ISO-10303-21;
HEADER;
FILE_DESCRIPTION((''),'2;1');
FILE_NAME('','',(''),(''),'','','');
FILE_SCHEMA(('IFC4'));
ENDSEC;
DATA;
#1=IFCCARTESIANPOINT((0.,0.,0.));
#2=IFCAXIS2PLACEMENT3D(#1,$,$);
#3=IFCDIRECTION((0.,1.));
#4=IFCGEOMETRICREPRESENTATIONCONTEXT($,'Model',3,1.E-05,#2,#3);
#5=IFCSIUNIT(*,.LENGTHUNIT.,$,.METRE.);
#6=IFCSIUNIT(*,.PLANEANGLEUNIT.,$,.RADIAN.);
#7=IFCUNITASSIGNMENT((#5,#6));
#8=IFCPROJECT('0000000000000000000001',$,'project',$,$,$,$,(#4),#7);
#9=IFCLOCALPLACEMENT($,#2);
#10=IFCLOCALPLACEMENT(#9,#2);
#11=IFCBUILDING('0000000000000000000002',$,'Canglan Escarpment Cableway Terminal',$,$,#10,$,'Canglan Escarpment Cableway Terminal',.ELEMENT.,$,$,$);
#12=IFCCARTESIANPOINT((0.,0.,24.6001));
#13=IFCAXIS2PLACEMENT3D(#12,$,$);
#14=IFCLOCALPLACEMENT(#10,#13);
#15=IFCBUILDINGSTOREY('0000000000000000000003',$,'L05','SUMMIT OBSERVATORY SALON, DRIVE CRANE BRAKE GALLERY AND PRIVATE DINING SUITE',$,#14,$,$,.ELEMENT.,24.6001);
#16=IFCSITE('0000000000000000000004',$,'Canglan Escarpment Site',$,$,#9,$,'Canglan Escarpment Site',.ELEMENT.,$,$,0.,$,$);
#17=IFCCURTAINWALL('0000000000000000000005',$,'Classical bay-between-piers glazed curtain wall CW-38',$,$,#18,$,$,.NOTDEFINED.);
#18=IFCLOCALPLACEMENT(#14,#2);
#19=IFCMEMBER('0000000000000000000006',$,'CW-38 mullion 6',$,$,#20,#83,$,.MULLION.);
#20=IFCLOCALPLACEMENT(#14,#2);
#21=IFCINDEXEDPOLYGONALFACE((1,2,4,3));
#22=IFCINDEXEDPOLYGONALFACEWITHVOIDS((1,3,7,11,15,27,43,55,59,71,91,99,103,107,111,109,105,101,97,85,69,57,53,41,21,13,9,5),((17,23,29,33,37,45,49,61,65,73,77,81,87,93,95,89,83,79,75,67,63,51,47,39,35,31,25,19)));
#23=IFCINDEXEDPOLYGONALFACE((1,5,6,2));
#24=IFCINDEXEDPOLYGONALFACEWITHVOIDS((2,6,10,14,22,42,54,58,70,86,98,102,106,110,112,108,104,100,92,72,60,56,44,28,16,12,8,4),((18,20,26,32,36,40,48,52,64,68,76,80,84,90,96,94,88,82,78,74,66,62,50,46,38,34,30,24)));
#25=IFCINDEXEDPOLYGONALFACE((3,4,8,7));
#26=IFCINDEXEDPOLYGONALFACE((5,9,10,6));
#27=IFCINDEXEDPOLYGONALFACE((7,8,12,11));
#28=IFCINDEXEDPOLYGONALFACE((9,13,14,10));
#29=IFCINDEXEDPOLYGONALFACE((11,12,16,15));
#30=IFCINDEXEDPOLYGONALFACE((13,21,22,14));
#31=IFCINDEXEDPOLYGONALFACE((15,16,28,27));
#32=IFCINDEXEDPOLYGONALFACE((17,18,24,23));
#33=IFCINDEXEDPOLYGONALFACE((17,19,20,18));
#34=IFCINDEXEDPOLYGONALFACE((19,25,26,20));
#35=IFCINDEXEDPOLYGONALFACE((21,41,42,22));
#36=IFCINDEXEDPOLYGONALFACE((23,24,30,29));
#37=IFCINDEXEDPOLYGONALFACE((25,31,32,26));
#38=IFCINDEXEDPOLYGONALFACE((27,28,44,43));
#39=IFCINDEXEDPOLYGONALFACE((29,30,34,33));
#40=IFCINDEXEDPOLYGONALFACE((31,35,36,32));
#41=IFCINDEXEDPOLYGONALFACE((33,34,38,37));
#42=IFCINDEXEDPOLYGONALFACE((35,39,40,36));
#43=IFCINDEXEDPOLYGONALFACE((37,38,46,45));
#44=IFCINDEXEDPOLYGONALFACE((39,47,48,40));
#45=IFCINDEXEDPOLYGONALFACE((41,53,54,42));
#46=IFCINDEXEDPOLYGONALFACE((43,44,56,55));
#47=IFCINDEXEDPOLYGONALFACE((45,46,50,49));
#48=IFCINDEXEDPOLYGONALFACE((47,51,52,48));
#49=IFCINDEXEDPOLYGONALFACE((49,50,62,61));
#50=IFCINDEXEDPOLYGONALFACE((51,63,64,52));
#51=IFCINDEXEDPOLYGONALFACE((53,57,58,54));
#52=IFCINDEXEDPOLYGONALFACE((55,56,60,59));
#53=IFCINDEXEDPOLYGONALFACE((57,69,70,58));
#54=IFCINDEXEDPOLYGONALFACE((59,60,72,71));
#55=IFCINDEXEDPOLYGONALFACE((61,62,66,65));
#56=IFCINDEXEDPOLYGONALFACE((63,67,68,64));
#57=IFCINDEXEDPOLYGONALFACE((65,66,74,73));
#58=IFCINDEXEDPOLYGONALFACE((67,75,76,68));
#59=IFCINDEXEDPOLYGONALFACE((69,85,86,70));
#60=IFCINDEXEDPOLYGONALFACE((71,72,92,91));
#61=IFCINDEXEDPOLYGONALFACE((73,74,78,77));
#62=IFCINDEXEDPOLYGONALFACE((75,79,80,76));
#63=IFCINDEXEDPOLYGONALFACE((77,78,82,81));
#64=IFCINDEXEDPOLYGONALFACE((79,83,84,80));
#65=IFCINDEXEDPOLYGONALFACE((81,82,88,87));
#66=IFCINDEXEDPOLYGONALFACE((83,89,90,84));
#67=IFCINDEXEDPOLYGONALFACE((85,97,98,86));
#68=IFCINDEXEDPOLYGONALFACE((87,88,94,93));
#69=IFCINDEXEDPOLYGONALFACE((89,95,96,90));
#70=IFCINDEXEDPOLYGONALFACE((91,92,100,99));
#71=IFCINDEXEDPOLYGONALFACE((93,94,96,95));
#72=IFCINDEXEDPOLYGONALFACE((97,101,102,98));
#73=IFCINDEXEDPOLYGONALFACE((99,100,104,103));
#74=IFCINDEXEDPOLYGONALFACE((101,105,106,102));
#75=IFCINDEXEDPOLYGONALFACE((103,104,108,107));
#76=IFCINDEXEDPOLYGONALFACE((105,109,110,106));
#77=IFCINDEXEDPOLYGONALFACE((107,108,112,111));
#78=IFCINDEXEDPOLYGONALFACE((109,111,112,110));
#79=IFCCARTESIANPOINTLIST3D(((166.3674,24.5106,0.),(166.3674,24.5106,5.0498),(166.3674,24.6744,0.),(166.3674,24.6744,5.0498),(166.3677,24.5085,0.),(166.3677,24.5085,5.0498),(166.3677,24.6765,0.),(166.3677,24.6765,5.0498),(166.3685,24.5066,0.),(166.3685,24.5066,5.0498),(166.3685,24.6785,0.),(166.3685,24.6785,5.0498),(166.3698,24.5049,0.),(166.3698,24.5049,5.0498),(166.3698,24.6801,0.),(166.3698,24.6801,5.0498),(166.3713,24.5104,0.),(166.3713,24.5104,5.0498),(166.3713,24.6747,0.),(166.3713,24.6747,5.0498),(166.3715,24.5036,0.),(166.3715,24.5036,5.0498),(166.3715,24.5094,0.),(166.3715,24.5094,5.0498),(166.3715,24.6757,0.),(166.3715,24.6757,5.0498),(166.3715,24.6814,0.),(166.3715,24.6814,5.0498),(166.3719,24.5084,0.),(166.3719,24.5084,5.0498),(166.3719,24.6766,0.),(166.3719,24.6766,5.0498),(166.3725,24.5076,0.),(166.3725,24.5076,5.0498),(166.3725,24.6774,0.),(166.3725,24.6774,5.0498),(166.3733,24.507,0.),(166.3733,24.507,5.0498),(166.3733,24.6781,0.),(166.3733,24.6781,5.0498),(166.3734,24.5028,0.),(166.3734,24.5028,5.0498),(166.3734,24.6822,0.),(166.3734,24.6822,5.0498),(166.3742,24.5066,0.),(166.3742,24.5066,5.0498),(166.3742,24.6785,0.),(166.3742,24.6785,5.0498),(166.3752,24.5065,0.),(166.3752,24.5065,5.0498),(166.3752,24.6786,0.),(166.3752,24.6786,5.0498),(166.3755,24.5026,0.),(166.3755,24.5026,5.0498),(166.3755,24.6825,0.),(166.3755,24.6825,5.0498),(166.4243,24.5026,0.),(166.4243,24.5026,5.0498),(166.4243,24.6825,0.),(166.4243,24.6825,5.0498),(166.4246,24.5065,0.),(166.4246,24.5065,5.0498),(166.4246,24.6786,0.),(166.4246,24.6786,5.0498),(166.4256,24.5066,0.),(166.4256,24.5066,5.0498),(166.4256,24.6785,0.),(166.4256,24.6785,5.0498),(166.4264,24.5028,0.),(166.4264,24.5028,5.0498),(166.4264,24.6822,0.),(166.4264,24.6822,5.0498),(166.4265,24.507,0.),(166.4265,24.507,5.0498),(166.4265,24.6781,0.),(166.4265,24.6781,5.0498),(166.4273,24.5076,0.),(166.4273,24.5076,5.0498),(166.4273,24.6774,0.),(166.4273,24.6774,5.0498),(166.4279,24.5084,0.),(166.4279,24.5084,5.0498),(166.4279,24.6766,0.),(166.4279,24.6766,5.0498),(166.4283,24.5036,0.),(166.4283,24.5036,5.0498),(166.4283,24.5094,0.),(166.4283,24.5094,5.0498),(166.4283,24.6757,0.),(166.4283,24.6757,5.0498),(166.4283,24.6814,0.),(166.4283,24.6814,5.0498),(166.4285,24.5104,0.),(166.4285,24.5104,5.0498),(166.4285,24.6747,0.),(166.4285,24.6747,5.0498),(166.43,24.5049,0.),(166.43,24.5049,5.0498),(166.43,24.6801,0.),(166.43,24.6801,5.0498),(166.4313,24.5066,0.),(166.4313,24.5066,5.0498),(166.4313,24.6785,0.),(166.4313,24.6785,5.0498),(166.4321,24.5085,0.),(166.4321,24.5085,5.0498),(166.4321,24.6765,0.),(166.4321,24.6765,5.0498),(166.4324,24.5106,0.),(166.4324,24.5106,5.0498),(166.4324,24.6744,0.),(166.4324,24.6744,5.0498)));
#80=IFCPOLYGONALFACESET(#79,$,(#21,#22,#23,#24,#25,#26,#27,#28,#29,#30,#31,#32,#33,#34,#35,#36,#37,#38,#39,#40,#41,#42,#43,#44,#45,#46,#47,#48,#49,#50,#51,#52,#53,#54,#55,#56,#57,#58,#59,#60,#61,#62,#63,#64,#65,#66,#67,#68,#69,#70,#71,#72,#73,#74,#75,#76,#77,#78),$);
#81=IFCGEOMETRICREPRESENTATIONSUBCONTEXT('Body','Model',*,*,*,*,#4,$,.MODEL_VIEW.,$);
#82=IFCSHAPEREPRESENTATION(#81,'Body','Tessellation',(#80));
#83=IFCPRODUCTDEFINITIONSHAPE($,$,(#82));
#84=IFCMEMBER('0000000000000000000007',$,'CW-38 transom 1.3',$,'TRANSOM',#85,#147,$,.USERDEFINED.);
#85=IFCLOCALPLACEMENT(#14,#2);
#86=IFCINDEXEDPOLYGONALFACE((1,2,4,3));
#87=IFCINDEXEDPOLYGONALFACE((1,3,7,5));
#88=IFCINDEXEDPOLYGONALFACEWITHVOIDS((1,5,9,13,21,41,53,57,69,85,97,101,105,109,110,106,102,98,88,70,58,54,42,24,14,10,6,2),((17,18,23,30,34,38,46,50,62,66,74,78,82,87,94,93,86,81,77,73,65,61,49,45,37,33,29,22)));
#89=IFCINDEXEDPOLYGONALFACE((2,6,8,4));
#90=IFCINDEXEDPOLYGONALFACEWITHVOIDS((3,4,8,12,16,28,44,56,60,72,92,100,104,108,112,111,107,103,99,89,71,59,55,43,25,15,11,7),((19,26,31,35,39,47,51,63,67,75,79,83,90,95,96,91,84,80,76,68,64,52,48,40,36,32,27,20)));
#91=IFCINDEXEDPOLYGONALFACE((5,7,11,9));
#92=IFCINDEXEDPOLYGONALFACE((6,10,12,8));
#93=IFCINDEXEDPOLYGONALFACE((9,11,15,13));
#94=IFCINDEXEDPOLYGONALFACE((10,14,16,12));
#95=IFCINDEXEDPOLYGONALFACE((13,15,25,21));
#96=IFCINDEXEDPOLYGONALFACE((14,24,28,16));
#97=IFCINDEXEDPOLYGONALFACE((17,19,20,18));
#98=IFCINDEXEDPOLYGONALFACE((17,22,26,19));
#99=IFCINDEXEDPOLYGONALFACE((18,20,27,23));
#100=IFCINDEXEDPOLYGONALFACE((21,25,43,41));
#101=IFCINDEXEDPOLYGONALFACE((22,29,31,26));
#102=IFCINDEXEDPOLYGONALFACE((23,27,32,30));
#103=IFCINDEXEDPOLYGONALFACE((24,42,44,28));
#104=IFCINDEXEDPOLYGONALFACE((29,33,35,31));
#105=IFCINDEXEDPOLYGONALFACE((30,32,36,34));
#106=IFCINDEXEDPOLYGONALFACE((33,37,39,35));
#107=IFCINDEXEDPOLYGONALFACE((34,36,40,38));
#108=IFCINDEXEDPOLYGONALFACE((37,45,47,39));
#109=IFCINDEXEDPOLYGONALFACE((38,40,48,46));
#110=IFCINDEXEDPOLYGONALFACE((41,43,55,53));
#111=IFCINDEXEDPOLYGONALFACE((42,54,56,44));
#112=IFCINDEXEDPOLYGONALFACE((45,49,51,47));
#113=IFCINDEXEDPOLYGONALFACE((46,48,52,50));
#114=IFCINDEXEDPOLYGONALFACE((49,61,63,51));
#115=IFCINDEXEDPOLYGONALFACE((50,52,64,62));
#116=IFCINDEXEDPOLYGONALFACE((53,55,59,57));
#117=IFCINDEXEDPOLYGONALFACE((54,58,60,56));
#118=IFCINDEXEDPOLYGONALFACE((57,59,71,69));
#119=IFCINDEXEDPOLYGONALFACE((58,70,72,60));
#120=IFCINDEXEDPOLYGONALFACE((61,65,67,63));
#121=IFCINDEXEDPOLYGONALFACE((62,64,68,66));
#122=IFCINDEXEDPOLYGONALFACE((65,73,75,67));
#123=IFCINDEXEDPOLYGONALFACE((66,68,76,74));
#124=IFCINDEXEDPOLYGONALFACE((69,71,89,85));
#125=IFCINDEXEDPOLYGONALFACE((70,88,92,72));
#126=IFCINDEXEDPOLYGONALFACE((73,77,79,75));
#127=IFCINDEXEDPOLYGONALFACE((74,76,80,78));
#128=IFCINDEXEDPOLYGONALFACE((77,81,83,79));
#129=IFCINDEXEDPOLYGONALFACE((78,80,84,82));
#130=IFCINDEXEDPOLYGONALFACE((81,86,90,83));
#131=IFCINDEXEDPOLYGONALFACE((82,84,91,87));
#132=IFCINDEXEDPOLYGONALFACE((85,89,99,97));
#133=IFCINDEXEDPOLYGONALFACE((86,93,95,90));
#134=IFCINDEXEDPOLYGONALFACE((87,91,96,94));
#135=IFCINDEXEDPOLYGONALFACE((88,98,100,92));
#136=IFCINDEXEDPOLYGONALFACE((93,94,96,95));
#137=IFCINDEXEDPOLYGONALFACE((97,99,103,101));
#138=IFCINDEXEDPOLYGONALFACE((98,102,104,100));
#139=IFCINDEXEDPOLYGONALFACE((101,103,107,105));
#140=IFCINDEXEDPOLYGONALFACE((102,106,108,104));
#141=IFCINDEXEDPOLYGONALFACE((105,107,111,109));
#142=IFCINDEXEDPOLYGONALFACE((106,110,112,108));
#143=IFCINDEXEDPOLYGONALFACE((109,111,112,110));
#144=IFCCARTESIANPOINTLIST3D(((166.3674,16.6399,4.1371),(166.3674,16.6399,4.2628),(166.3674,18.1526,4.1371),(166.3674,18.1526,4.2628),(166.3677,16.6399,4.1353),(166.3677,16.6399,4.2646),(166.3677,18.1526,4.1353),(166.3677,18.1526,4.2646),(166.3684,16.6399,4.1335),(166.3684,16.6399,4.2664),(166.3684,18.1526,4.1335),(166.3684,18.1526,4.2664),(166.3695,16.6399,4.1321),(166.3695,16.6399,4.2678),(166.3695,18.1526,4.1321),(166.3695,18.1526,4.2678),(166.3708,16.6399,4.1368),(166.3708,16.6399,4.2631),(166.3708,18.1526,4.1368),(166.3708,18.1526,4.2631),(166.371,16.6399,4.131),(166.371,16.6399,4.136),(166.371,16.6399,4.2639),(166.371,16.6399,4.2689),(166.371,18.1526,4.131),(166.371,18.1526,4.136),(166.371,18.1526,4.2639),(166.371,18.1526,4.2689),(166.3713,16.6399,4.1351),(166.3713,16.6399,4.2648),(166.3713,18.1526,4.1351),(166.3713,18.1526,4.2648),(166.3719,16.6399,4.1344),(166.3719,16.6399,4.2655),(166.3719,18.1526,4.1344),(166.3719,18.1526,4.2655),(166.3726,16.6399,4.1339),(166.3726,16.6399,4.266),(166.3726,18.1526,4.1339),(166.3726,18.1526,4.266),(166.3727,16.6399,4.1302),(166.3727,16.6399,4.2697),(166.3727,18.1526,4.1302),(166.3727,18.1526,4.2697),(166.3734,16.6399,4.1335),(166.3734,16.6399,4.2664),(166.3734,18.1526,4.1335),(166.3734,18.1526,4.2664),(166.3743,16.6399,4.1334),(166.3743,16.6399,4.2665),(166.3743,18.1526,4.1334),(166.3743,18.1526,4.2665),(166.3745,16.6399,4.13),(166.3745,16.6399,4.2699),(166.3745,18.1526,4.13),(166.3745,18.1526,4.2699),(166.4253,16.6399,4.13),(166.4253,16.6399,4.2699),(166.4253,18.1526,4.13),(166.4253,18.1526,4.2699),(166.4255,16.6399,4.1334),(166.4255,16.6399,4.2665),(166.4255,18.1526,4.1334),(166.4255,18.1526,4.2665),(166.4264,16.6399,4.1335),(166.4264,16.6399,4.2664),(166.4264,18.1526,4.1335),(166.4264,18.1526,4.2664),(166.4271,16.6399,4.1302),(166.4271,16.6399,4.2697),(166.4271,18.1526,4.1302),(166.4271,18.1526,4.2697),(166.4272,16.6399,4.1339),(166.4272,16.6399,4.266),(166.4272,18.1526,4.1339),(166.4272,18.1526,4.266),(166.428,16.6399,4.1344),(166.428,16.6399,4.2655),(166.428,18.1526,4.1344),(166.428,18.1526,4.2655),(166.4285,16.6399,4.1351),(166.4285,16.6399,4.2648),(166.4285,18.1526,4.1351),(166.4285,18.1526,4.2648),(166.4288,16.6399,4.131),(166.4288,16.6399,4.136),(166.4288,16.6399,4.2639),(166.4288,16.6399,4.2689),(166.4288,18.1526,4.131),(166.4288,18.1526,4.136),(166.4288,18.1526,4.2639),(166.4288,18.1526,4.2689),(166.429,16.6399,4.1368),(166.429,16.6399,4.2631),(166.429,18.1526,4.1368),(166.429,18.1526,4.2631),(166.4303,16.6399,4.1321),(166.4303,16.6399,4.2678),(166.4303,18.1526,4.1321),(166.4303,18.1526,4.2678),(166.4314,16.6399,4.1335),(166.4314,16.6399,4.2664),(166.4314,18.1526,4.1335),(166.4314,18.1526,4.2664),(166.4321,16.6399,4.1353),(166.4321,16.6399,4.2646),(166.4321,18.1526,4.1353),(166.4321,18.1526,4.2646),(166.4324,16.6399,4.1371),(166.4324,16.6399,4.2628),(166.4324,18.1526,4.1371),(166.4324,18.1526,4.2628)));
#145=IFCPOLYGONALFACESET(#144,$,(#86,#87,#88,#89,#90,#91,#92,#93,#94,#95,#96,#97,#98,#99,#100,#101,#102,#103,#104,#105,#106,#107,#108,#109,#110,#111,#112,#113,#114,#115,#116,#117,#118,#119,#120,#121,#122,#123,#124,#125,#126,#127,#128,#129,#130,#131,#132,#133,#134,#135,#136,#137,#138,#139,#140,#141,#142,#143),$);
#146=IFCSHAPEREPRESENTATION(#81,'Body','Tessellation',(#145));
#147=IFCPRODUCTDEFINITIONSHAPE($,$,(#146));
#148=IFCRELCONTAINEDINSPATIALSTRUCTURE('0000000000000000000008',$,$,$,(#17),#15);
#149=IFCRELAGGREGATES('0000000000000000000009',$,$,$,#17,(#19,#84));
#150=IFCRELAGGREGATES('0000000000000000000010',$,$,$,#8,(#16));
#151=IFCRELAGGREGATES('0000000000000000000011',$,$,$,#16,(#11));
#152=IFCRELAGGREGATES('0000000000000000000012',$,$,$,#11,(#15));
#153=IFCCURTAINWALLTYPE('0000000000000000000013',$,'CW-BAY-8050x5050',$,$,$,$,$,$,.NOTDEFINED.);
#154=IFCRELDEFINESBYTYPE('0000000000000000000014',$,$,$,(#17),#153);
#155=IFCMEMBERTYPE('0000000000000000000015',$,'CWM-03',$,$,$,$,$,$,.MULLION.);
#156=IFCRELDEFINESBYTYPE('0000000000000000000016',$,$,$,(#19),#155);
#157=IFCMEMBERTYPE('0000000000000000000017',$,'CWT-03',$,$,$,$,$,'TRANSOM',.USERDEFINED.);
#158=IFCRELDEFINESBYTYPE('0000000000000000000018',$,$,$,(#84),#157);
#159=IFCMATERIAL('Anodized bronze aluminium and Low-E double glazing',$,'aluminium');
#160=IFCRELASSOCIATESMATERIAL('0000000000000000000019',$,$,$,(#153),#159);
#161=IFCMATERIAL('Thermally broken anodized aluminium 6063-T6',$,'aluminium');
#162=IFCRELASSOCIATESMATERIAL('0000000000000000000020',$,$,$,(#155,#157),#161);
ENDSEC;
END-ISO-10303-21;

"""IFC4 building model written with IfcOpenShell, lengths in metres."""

from ifc_helpers import new_model, si_unit, direction, frame, origin, origin_2d, place, context, subcontext, project, spatial, hollow_rectangle, extrude, material, material_profile, profile_set, type_object, element, aggregate, save


model = new_model("IFC4")

# Units and contexts
model_context = context("Model", 3, precision=1e-05, world=origin(), true_north=direction((0.0, 1.0)))
body_context = subcontext(model_context, "Body", "Model", "MODEL_VIEW")
ifc_project = project(units=[si_unit("LENGTHUNIT", "METRE"), si_unit("PLANEANGLEUNIT", "RADIAN")], contexts=[model_context])

# Site, building, storey
site_placement = place(None, origin())
site = spatial("IfcSite", under=ifc_project, at=site_placement, Name="Canglan Escarpment Site", LongName="Canglan Escarpment Site", CompositionType="ELEMENT", RefElevation=0.0)
building_placement = place(site_placement, origin())
building = spatial("IfcBuilding", under=site, at=building_placement, Name="Canglan Escarpment Cableway Terminal", LongName="Canglan Escarpment Cableway Terminal", CompositionType="ELEMENT")
storey_placement = place(building_placement, frame((0.0, 0.0, 24.6001)))
storey = spatial("IfcBuildingStorey", under=building, at=storey_placement, Name="L05", Description="SUMMIT OBSERVATORY SALON, DRIVE CRANE BRAKE GALLERY AND PRIVATE DINING SUITE", CompositionType="ELEMENT", Elevation=24.6001)

# Curtain wall, members
ifc_material_1 = material(Name="Anodized bronze aluminium and Low-E double glazing", Category="aluminium")
curtain_wall_type = type_object("IfcCurtainWallType", Name="CW-BAY-8050x5050", PredefinedType="NOTDEFINED", material=ifc_material_1)
curtain_wall_placement = place(storey_placement, origin())
curtain_wall = element("IfcCurtainWall", 1, at=curtain_wall_placement, inside=storey, type_object=curtain_wall_type, Name="Classical bay-between-piers glazed curtain wall CW-38", PredefinedType="NOTDEFINED")
ifc_material_2 = material(Name="Thermally broken anodized aluminium 6063-T6", Category="aluminium")
ifc_material_profile_1 = material_profile(ifc_material_2, hollow_rectangle(XDim=0.0649, YDim=0.1799, WallThickness=0.0039, InnerFilletRadius=0.0039, OuterFilletRadius=0.0081, at=origin_2d()), Name="ALU-MULL 65x180x4")
ifc_profile_set_1 = profile_set([ifc_material_profile_1], Name="Thermally broken anodized aluminium 6063-T6")
member_type_1 = type_object("IfcMemberType", Name="CWM-03", PredefinedType="MULLION", material=ifc_profile_set_1)
member_1_placement = place(storey_placement, frame((166.3999, 24.5925, 0.0), z_axis=(0.0, 0.0, 1.0), x_axis=(-1.0, 0.0, 0.0)))
member_1 = element("IfcMember", 2, at=member_1_placement, type_object=member_type_1, Name="CW-38 mullion 6", PredefinedType="MULLION", context=body_context, shape_type="SweptSolid", body=[
    extrude(hollow_rectangle(XDim=0.0649, YDim=0.1799, WallThickness=0.0039, InnerFilletRadius=0.0039, OuterFilletRadius=0.0081, at=origin_2d()), origin(), (0.0, 0.0, 1.0), 5.0498),
])
ifc_material_profile_2 = material_profile(ifc_material_2, hollow_rectangle(XDim=0.0649, YDim=0.1399, WallThickness=0.0034, InnerFilletRadius=0.0034, OuterFilletRadius=0.0071, at=origin_2d()), Name="ALU-TRAN 65x140x3.5")
ifc_profile_set_2 = profile_set([ifc_material_profile_2], Name="Thermally broken anodized aluminium 6063-T6")
member_type_2 = type_object("IfcMemberType", Name="CWT-03", ElementType="TRANSOM", PredefinedType="USERDEFINED", material=ifc_profile_set_2)
member_2_placement = place(storey_placement, frame((166.3999, 16.6399, 4.2), z_axis=(0.0, 1.0, 0.0), x_axis=(-1.0, 0.0, 0.0)))
member_2 = element("IfcMember", 3, at=member_2_placement, type_object=member_type_2, Name="CW-38 transom 1.3", ObjectType="TRANSOM", PredefinedType="USERDEFINED", context=body_context, shape_type="SweptSolid", body=[
    extrude(hollow_rectangle(XDim=0.0649, YDim=0.1399, WallThickness=0.0034, InnerFilletRadius=0.0034, OuterFilletRadius=0.0071, at=origin_2d()), origin(), (0.0, 0.0, 1.0), 1.5127),
])
aggregate(curtain_wall, [member_1, member_2])

save(model, "model.ifc")
